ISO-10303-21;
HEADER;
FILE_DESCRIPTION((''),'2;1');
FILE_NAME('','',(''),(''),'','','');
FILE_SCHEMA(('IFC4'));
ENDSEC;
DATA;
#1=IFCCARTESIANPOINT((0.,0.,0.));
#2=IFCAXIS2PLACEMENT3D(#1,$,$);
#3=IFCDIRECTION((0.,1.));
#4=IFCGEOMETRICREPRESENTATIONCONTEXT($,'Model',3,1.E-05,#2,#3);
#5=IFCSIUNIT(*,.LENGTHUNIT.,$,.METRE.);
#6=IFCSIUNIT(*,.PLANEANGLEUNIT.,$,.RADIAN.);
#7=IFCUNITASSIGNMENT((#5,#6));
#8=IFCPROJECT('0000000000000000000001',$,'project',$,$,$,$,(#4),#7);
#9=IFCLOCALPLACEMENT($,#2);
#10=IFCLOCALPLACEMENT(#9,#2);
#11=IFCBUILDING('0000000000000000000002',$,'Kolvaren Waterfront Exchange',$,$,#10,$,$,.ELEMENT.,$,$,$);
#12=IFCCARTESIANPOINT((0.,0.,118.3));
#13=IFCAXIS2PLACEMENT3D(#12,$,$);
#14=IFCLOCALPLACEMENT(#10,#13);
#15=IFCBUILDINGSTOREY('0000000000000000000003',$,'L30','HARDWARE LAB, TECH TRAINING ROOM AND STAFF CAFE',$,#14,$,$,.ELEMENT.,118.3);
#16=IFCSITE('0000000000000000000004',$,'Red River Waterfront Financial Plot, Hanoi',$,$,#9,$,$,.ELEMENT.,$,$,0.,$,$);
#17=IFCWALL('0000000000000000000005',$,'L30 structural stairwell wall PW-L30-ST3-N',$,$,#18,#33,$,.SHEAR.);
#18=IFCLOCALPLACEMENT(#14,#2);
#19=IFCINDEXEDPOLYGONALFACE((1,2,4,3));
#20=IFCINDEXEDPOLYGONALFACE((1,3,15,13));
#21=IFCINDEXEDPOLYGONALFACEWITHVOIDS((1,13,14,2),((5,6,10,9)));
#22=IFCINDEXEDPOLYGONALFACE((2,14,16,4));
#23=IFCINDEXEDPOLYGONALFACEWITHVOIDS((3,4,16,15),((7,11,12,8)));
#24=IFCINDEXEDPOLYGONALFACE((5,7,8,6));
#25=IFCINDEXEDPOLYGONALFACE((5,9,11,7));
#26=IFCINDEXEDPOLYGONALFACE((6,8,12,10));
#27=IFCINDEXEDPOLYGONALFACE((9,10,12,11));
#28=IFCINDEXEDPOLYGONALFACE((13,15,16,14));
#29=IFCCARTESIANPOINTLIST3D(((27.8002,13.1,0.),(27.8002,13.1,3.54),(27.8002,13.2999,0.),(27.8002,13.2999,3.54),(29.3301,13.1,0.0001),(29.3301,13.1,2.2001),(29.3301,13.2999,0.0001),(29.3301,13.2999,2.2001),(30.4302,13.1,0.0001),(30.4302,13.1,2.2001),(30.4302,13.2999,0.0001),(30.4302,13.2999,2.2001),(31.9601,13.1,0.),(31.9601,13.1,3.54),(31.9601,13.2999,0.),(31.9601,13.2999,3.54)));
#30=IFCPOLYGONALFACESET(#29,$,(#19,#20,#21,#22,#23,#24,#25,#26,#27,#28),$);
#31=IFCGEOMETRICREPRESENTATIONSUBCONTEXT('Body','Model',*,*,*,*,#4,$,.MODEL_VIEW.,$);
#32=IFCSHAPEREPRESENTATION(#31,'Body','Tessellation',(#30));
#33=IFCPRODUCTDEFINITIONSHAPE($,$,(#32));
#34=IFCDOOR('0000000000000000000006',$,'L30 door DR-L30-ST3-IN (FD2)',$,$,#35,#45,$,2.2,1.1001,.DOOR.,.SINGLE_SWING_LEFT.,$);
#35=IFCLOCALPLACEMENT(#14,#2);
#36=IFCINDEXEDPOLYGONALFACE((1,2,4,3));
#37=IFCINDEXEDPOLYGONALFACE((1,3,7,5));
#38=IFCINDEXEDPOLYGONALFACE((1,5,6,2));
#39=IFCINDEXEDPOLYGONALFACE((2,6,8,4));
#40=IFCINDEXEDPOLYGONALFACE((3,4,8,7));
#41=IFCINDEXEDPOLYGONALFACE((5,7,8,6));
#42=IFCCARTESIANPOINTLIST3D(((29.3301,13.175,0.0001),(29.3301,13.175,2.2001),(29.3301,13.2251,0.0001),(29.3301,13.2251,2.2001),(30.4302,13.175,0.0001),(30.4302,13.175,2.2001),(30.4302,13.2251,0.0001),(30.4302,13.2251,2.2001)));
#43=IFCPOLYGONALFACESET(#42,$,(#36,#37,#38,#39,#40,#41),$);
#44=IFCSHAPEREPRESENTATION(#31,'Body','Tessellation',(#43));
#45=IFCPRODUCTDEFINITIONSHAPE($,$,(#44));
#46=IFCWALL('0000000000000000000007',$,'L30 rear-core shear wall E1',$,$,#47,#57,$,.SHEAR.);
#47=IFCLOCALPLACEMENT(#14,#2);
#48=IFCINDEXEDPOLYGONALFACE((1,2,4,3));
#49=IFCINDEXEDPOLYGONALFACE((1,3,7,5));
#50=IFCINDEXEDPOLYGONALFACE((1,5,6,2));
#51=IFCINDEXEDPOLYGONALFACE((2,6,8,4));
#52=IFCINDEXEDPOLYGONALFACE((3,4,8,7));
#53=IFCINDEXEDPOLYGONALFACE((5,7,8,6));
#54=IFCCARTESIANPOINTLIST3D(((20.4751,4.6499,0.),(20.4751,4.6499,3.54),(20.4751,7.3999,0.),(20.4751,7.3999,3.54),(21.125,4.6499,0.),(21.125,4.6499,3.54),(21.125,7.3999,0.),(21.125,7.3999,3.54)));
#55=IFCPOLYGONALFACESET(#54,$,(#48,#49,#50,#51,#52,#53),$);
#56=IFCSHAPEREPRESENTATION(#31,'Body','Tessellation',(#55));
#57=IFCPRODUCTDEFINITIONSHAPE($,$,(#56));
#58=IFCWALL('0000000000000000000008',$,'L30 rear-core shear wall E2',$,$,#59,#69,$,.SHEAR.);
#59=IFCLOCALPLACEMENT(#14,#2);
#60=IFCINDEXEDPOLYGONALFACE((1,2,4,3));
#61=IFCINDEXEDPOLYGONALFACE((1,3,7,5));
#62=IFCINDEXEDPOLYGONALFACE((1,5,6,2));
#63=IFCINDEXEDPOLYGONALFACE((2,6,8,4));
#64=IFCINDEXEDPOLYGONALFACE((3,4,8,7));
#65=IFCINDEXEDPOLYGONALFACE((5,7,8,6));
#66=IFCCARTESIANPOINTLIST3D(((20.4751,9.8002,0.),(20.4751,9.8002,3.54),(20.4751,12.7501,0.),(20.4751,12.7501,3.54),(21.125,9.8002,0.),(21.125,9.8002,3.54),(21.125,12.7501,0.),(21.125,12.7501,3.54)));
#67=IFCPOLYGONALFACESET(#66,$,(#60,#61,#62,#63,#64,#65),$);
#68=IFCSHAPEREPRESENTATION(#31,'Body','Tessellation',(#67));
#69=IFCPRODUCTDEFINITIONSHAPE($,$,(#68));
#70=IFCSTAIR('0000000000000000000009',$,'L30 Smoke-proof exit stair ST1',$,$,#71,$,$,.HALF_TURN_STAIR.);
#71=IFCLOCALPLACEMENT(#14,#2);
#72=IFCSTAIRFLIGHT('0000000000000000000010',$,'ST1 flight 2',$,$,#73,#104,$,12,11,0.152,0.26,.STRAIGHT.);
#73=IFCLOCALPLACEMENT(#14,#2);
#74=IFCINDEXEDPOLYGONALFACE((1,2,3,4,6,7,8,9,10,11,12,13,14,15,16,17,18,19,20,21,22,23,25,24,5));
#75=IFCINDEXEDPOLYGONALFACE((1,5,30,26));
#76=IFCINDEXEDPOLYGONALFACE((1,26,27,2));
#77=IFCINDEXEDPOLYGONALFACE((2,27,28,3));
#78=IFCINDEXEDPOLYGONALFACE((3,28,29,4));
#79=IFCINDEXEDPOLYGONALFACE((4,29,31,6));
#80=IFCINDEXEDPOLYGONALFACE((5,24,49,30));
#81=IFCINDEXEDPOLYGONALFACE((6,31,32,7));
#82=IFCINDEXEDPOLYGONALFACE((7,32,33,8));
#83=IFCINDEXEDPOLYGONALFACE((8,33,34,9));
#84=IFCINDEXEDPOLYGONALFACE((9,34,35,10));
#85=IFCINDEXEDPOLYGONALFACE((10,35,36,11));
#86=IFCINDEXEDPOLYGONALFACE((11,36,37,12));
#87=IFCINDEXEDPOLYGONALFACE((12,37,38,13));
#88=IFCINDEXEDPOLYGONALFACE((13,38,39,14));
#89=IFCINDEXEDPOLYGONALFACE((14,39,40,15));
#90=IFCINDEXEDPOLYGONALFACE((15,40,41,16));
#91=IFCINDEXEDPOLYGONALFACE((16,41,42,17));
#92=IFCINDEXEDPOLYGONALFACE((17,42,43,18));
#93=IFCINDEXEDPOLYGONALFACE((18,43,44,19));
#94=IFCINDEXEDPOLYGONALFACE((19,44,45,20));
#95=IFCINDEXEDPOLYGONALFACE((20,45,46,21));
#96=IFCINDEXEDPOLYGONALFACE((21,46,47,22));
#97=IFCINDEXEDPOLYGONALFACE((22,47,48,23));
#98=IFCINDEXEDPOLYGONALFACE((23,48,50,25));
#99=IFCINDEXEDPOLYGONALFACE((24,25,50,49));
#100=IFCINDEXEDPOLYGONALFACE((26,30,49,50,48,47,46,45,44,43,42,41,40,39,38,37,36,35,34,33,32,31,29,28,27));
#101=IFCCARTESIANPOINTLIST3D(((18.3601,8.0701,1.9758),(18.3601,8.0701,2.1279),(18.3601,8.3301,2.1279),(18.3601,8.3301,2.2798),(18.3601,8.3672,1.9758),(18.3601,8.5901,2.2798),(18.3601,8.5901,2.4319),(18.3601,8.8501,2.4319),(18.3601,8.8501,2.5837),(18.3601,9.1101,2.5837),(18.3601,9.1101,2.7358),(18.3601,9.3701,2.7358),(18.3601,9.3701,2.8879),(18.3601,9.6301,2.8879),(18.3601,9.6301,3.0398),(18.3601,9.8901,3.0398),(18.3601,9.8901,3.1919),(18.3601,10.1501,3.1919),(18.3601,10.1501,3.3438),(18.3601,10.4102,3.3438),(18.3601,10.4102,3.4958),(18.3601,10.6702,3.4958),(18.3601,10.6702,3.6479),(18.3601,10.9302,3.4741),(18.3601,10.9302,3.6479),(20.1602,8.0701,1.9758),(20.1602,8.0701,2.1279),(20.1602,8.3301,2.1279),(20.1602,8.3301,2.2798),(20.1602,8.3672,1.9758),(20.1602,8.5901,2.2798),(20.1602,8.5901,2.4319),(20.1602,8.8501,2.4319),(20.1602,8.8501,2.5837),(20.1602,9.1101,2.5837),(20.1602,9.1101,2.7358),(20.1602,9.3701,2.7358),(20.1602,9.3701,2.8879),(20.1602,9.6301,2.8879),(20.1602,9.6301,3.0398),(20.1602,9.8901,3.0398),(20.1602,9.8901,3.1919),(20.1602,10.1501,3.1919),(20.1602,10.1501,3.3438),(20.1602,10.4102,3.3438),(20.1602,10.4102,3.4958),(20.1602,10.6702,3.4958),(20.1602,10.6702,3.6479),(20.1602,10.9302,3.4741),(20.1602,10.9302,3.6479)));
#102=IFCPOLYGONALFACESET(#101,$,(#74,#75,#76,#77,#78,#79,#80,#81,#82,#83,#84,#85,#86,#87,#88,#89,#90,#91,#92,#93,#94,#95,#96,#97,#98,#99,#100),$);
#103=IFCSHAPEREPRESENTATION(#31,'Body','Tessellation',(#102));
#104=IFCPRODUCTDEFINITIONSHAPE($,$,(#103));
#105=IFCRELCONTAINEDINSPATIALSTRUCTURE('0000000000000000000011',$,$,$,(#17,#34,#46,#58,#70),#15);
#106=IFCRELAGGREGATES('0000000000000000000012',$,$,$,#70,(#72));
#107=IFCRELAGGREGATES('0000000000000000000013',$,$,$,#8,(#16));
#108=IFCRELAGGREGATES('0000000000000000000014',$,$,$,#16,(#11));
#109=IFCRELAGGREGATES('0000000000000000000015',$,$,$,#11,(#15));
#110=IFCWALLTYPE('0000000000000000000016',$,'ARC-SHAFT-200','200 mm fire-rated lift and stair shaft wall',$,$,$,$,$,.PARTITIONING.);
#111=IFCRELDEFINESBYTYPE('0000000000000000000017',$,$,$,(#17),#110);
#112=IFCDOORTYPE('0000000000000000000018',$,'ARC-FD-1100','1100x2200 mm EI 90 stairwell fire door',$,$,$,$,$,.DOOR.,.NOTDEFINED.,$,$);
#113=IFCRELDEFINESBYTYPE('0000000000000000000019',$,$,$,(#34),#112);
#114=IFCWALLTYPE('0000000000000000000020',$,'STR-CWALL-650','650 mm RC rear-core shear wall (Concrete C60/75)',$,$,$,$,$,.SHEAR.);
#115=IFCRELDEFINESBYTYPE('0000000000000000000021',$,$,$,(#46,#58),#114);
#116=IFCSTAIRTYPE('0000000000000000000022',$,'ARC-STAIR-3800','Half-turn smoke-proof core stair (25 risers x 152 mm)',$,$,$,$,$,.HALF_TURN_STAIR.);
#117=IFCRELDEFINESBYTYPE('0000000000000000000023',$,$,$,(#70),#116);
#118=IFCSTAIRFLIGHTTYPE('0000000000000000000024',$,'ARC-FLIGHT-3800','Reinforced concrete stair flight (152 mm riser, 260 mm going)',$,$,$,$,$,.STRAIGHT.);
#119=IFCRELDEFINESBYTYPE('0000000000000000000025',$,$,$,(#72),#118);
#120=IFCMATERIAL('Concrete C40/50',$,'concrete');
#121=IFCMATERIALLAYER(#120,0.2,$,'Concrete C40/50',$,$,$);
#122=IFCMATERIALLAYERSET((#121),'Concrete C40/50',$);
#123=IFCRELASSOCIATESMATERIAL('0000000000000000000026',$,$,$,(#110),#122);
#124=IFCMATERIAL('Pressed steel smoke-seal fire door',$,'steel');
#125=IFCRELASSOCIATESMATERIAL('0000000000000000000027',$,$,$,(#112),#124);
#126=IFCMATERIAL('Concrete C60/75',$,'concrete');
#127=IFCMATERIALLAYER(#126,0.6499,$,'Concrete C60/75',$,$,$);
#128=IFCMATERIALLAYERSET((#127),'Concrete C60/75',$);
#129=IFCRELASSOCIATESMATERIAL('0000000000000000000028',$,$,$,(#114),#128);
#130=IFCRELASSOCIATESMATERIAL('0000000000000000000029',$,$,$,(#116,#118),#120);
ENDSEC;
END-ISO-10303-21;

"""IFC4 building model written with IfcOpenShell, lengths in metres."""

from ifc_helpers import new_model, si_unit, direction, frame, frame_2d, origin, place, context, subcontext, project, spatial, polyline, rectangle, outline, extrude, material, layer, layer_set, type_object, element, fill, aggregate, save


model = new_model("IFC4")

# Units and contexts
model_context = context("Model", 3, precision=1e-05, world=origin(), true_north=direction((0.0, 1.0)))
body_context = subcontext(model_context, "Body", "Model", "MODEL_VIEW")
ifc_project = project(units=[si_unit("LENGTHUNIT", "METRE"), si_unit("PLANEANGLEUNIT", "RADIAN")], contexts=[model_context])

# Site, building, storey
site_placement = place(None, origin())
site = spatial("IfcSite", under=ifc_project, at=site_placement, Name="Red River Waterfront Financial Plot, Hanoi", CompositionType="ELEMENT", RefElevation=0.0)
building_placement = place(site_placement, origin())
building = spatial("IfcBuilding", under=site, at=building_placement, Name="Kolvaren Waterfront Exchange", CompositionType="ELEMENT")
storey_placement = place(building_placement, frame((0.0, 0.0, 118.3)))
storey = spatial("IfcBuildingStorey", under=building, at=storey_placement, Name="L30", Description="HARDWARE LAB, TECH TRAINING ROOM AND STAFF CAFE", CompositionType="ELEMENT", Elevation=118.3)

# Shared definitions
ifc_material_1 = material(Name="Concrete C60/75", Category="concrete")

# Shared definitions
ifc_material_2 = material(Name="Concrete C40/50", Category="concrete")
ifc_layer_1 = layer(ifc_material_2, 0.2, Name="Concrete C40/50")
ifc_layer_set_1 = layer_set([ifc_layer_1], Name="Concrete C40/50")
wall_type_1 = type_object("IfcWallType", Name="ARC-SHAFT-200", Description="200 mm fire-rated lift and stair shaft wall", PredefinedType="PARTITIONING", material=ifc_layer_set_1)

# Wall, opening, door
wall_1_placement = place(storey_placement, frame((27.8, 13.2, 0.0), z_axis=(0.0, 0.0, 1.0), x_axis=(1.0, 0.0, 0.0)))
wall_1 = element("IfcWall", 1, at=wall_1_placement, inside=storey, type_object=wall_type_1, Name="L30 structural stairwell wall PW-L30-ST3-N", PredefinedType="SHEAR", context=body_context, shape_type="SweptSolid", body=[
    extrude(rectangle(XDim=4.1599, YDim=0.2, at=frame_2d((2.0801, 0.0))), origin(), (0.0, 0.0, 1.0), 3.54),
])
opening_1_placement = place(wall_1_placement, frame((1.53, 0.0, 0.0)))
opening_1 = element("IfcOpeningElement", 2, at=opening_1_placement, cuts=wall_1, PredefinedType="OPENING", context=body_context, shape_type="SweptSolid", body=[
    extrude(rectangle(XDim=1.1001, YDim=2.2, at=frame_2d((0.55, 1.1001))), frame((0.0, 0.1099, 0.0), z_axis=(0.0, -1.0, 0.0), x_axis=(1.0, 0.0, 0.0)), (0.0, 0.0, 1.0), 0.22),
])
ifc_material_3 = material(Name="Pressed steel smoke-seal fire door", Category="steel")
door_type_1 = type_object("IfcDoorType", Name="ARC-FD-1100", Description="1100x2200 mm EI 90 stairwell fire door", OperationType="NOTDEFINED", PredefinedType="DOOR", material=ifc_material_3)
door_1_placement = place(opening_1_placement, frame((1.1001, 0.0, 0.0), z_axis=(0.0, 0.0, 1.0), x_axis=(-1.0, 0.0, 0.0)))
door_1 = element("IfcDoor", 3, at=door_1_placement, inside=storey, type_object=door_type_1, Name="L30 door DR-L30-ST3-IN (FD2)", OperationType="SINGLE_SWING_LEFT", OverallHeight=2.2, OverallWidth=1.1001, PredefinedType="DOOR", context=body_context, shape_type="SweptSolid", body=[
    extrude(rectangle(XDim=1.1001, YDim=2.2, at=frame_2d((0.55, 1.1001))), frame((0.0, 0.0249, 0.0), z_axis=(0.0, -1.0, 0.0), x_axis=(1.0, 0.0, 0.0)), (0.0, 0.0, 1.0), 0.05),
])
fill(opening_1, door_1)

# Walls
ifc_layer_2 = layer(ifc_material_1, 0.6499, Name="Concrete C60/75")
ifc_layer_set_2 = layer_set([ifc_layer_2], Name="Concrete C60/75")
wall_type_2 = type_object("IfcWallType", Name="STR-CWALL-650", Description="650 mm RC rear-core shear wall (Concrete C60/75)", PredefinedType="SHEAR", material=ifc_layer_set_2)
wall_2_placement = place(storey_placement, frame((20.8, 4.6499, 0.0), z_axis=(0.0, 0.0, 1.0), x_axis=(0.0, 1.0, 0.0)))
element("IfcWall", 4, at=wall_2_placement, inside=storey, type_object=wall_type_2, Name="L30 rear-core shear wall E1", PredefinedType="SHEAR", context=body_context, shape_type="SweptSolid", body=[
    extrude(rectangle(XDim=2.75, YDim=0.6499, at=frame_2d((1.375, 0.0))), origin(), (0.0, 0.0, 1.0), 3.54),
])
wall_3_placement = place(storey_placement, frame((20.8, 9.8, 0.0), z_axis=(0.0, 0.0, 1.0), x_axis=(0.0, 1.0, 0.0)))
element("IfcWall", 5, at=wall_3_placement, inside=storey, type_object=wall_type_2, Name="L30 rear-core shear wall E2", PredefinedType="SHEAR", context=body_context, shape_type="SweptSolid", body=[
    extrude(rectangle(XDim=2.95, YDim=0.6499, at=frame_2d((1.4751, 0.0))), origin(), (0.0, 0.0, 1.0), 3.54),
])

# Stair, stair flight
stair_type = type_object("IfcStairType", Name="ARC-STAIR-3800", Description="Half-turn smoke-proof core stair (25 risers x 152 mm)", PredefinedType="HALF_TURN_STAIR", material=ifc_material_2)
stair_placement = place(storey_placement, origin())
stair = element("IfcStair", 6, at=stair_placement, inside=storey, type_object=stair_type, Name="L30 Smoke-proof exit stair ST1", PredefinedType="HALF_TURN_STAIR")
stair_flight_type = type_object("IfcStairFlightType", Name="ARC-FLIGHT-3800", Description="Reinforced concrete stair flight (152 mm riser, 260 mm going)", PredefinedType="STRAIGHT", material=ifc_material_2)
stair_flight_placement = place(storey_placement, frame((19.26, 8.0701, 1.9758), z_axis=(0.0, 0.0, 1.0), x_axis=(0.0, 1.0, 0.0)))
stair_flight = element("IfcStairFlight", 7, at=stair_flight_placement, type_object=stair_flight_type, Name="ST1 flight 2", NumberOfRisers=12, NumberOfTreads=11, PredefinedType="STRAIGHT", RiserHeight=0.152, TreadLength=0.26, context=body_context, shape_type="SweptSolid", body=[
    extrude(outline(polyline([(0.0, 0.0), (0.0, 0.1521), (0.26, 0.1521), (0.26, 0.304), (0.52, 0.304), (0.52, 0.4561), (0.78, 0.4561), (0.78, 0.6079), (1.04, 0.6079), (1.04, 0.76), (1.3, 0.76), (1.3, 0.9121), (1.5601, 0.9121), (1.5601, 1.064), (1.8201, 1.064), (1.8201, 1.2161), (2.0801, 1.2161), (2.0801, 1.3679), (2.3401, 1.3679), (2.3401, 1.52), (2.6001, 1.52), (2.6001, 1.6721), (2.8601, 1.6721), (2.8601, 1.824), (2.8601, 1.4983), (0.2971, 0.0), (0.0, 0.0)])), frame((0.0, 0.8999, 0.0), z_axis=(0.0, -1.0, 0.0), x_axis=(1.0, 0.0, 0.0)), (0.0, 0.0, 1.0), 1.8),
])
aggregate(stair, [stair_flight])

save(model, "model.ifc")
